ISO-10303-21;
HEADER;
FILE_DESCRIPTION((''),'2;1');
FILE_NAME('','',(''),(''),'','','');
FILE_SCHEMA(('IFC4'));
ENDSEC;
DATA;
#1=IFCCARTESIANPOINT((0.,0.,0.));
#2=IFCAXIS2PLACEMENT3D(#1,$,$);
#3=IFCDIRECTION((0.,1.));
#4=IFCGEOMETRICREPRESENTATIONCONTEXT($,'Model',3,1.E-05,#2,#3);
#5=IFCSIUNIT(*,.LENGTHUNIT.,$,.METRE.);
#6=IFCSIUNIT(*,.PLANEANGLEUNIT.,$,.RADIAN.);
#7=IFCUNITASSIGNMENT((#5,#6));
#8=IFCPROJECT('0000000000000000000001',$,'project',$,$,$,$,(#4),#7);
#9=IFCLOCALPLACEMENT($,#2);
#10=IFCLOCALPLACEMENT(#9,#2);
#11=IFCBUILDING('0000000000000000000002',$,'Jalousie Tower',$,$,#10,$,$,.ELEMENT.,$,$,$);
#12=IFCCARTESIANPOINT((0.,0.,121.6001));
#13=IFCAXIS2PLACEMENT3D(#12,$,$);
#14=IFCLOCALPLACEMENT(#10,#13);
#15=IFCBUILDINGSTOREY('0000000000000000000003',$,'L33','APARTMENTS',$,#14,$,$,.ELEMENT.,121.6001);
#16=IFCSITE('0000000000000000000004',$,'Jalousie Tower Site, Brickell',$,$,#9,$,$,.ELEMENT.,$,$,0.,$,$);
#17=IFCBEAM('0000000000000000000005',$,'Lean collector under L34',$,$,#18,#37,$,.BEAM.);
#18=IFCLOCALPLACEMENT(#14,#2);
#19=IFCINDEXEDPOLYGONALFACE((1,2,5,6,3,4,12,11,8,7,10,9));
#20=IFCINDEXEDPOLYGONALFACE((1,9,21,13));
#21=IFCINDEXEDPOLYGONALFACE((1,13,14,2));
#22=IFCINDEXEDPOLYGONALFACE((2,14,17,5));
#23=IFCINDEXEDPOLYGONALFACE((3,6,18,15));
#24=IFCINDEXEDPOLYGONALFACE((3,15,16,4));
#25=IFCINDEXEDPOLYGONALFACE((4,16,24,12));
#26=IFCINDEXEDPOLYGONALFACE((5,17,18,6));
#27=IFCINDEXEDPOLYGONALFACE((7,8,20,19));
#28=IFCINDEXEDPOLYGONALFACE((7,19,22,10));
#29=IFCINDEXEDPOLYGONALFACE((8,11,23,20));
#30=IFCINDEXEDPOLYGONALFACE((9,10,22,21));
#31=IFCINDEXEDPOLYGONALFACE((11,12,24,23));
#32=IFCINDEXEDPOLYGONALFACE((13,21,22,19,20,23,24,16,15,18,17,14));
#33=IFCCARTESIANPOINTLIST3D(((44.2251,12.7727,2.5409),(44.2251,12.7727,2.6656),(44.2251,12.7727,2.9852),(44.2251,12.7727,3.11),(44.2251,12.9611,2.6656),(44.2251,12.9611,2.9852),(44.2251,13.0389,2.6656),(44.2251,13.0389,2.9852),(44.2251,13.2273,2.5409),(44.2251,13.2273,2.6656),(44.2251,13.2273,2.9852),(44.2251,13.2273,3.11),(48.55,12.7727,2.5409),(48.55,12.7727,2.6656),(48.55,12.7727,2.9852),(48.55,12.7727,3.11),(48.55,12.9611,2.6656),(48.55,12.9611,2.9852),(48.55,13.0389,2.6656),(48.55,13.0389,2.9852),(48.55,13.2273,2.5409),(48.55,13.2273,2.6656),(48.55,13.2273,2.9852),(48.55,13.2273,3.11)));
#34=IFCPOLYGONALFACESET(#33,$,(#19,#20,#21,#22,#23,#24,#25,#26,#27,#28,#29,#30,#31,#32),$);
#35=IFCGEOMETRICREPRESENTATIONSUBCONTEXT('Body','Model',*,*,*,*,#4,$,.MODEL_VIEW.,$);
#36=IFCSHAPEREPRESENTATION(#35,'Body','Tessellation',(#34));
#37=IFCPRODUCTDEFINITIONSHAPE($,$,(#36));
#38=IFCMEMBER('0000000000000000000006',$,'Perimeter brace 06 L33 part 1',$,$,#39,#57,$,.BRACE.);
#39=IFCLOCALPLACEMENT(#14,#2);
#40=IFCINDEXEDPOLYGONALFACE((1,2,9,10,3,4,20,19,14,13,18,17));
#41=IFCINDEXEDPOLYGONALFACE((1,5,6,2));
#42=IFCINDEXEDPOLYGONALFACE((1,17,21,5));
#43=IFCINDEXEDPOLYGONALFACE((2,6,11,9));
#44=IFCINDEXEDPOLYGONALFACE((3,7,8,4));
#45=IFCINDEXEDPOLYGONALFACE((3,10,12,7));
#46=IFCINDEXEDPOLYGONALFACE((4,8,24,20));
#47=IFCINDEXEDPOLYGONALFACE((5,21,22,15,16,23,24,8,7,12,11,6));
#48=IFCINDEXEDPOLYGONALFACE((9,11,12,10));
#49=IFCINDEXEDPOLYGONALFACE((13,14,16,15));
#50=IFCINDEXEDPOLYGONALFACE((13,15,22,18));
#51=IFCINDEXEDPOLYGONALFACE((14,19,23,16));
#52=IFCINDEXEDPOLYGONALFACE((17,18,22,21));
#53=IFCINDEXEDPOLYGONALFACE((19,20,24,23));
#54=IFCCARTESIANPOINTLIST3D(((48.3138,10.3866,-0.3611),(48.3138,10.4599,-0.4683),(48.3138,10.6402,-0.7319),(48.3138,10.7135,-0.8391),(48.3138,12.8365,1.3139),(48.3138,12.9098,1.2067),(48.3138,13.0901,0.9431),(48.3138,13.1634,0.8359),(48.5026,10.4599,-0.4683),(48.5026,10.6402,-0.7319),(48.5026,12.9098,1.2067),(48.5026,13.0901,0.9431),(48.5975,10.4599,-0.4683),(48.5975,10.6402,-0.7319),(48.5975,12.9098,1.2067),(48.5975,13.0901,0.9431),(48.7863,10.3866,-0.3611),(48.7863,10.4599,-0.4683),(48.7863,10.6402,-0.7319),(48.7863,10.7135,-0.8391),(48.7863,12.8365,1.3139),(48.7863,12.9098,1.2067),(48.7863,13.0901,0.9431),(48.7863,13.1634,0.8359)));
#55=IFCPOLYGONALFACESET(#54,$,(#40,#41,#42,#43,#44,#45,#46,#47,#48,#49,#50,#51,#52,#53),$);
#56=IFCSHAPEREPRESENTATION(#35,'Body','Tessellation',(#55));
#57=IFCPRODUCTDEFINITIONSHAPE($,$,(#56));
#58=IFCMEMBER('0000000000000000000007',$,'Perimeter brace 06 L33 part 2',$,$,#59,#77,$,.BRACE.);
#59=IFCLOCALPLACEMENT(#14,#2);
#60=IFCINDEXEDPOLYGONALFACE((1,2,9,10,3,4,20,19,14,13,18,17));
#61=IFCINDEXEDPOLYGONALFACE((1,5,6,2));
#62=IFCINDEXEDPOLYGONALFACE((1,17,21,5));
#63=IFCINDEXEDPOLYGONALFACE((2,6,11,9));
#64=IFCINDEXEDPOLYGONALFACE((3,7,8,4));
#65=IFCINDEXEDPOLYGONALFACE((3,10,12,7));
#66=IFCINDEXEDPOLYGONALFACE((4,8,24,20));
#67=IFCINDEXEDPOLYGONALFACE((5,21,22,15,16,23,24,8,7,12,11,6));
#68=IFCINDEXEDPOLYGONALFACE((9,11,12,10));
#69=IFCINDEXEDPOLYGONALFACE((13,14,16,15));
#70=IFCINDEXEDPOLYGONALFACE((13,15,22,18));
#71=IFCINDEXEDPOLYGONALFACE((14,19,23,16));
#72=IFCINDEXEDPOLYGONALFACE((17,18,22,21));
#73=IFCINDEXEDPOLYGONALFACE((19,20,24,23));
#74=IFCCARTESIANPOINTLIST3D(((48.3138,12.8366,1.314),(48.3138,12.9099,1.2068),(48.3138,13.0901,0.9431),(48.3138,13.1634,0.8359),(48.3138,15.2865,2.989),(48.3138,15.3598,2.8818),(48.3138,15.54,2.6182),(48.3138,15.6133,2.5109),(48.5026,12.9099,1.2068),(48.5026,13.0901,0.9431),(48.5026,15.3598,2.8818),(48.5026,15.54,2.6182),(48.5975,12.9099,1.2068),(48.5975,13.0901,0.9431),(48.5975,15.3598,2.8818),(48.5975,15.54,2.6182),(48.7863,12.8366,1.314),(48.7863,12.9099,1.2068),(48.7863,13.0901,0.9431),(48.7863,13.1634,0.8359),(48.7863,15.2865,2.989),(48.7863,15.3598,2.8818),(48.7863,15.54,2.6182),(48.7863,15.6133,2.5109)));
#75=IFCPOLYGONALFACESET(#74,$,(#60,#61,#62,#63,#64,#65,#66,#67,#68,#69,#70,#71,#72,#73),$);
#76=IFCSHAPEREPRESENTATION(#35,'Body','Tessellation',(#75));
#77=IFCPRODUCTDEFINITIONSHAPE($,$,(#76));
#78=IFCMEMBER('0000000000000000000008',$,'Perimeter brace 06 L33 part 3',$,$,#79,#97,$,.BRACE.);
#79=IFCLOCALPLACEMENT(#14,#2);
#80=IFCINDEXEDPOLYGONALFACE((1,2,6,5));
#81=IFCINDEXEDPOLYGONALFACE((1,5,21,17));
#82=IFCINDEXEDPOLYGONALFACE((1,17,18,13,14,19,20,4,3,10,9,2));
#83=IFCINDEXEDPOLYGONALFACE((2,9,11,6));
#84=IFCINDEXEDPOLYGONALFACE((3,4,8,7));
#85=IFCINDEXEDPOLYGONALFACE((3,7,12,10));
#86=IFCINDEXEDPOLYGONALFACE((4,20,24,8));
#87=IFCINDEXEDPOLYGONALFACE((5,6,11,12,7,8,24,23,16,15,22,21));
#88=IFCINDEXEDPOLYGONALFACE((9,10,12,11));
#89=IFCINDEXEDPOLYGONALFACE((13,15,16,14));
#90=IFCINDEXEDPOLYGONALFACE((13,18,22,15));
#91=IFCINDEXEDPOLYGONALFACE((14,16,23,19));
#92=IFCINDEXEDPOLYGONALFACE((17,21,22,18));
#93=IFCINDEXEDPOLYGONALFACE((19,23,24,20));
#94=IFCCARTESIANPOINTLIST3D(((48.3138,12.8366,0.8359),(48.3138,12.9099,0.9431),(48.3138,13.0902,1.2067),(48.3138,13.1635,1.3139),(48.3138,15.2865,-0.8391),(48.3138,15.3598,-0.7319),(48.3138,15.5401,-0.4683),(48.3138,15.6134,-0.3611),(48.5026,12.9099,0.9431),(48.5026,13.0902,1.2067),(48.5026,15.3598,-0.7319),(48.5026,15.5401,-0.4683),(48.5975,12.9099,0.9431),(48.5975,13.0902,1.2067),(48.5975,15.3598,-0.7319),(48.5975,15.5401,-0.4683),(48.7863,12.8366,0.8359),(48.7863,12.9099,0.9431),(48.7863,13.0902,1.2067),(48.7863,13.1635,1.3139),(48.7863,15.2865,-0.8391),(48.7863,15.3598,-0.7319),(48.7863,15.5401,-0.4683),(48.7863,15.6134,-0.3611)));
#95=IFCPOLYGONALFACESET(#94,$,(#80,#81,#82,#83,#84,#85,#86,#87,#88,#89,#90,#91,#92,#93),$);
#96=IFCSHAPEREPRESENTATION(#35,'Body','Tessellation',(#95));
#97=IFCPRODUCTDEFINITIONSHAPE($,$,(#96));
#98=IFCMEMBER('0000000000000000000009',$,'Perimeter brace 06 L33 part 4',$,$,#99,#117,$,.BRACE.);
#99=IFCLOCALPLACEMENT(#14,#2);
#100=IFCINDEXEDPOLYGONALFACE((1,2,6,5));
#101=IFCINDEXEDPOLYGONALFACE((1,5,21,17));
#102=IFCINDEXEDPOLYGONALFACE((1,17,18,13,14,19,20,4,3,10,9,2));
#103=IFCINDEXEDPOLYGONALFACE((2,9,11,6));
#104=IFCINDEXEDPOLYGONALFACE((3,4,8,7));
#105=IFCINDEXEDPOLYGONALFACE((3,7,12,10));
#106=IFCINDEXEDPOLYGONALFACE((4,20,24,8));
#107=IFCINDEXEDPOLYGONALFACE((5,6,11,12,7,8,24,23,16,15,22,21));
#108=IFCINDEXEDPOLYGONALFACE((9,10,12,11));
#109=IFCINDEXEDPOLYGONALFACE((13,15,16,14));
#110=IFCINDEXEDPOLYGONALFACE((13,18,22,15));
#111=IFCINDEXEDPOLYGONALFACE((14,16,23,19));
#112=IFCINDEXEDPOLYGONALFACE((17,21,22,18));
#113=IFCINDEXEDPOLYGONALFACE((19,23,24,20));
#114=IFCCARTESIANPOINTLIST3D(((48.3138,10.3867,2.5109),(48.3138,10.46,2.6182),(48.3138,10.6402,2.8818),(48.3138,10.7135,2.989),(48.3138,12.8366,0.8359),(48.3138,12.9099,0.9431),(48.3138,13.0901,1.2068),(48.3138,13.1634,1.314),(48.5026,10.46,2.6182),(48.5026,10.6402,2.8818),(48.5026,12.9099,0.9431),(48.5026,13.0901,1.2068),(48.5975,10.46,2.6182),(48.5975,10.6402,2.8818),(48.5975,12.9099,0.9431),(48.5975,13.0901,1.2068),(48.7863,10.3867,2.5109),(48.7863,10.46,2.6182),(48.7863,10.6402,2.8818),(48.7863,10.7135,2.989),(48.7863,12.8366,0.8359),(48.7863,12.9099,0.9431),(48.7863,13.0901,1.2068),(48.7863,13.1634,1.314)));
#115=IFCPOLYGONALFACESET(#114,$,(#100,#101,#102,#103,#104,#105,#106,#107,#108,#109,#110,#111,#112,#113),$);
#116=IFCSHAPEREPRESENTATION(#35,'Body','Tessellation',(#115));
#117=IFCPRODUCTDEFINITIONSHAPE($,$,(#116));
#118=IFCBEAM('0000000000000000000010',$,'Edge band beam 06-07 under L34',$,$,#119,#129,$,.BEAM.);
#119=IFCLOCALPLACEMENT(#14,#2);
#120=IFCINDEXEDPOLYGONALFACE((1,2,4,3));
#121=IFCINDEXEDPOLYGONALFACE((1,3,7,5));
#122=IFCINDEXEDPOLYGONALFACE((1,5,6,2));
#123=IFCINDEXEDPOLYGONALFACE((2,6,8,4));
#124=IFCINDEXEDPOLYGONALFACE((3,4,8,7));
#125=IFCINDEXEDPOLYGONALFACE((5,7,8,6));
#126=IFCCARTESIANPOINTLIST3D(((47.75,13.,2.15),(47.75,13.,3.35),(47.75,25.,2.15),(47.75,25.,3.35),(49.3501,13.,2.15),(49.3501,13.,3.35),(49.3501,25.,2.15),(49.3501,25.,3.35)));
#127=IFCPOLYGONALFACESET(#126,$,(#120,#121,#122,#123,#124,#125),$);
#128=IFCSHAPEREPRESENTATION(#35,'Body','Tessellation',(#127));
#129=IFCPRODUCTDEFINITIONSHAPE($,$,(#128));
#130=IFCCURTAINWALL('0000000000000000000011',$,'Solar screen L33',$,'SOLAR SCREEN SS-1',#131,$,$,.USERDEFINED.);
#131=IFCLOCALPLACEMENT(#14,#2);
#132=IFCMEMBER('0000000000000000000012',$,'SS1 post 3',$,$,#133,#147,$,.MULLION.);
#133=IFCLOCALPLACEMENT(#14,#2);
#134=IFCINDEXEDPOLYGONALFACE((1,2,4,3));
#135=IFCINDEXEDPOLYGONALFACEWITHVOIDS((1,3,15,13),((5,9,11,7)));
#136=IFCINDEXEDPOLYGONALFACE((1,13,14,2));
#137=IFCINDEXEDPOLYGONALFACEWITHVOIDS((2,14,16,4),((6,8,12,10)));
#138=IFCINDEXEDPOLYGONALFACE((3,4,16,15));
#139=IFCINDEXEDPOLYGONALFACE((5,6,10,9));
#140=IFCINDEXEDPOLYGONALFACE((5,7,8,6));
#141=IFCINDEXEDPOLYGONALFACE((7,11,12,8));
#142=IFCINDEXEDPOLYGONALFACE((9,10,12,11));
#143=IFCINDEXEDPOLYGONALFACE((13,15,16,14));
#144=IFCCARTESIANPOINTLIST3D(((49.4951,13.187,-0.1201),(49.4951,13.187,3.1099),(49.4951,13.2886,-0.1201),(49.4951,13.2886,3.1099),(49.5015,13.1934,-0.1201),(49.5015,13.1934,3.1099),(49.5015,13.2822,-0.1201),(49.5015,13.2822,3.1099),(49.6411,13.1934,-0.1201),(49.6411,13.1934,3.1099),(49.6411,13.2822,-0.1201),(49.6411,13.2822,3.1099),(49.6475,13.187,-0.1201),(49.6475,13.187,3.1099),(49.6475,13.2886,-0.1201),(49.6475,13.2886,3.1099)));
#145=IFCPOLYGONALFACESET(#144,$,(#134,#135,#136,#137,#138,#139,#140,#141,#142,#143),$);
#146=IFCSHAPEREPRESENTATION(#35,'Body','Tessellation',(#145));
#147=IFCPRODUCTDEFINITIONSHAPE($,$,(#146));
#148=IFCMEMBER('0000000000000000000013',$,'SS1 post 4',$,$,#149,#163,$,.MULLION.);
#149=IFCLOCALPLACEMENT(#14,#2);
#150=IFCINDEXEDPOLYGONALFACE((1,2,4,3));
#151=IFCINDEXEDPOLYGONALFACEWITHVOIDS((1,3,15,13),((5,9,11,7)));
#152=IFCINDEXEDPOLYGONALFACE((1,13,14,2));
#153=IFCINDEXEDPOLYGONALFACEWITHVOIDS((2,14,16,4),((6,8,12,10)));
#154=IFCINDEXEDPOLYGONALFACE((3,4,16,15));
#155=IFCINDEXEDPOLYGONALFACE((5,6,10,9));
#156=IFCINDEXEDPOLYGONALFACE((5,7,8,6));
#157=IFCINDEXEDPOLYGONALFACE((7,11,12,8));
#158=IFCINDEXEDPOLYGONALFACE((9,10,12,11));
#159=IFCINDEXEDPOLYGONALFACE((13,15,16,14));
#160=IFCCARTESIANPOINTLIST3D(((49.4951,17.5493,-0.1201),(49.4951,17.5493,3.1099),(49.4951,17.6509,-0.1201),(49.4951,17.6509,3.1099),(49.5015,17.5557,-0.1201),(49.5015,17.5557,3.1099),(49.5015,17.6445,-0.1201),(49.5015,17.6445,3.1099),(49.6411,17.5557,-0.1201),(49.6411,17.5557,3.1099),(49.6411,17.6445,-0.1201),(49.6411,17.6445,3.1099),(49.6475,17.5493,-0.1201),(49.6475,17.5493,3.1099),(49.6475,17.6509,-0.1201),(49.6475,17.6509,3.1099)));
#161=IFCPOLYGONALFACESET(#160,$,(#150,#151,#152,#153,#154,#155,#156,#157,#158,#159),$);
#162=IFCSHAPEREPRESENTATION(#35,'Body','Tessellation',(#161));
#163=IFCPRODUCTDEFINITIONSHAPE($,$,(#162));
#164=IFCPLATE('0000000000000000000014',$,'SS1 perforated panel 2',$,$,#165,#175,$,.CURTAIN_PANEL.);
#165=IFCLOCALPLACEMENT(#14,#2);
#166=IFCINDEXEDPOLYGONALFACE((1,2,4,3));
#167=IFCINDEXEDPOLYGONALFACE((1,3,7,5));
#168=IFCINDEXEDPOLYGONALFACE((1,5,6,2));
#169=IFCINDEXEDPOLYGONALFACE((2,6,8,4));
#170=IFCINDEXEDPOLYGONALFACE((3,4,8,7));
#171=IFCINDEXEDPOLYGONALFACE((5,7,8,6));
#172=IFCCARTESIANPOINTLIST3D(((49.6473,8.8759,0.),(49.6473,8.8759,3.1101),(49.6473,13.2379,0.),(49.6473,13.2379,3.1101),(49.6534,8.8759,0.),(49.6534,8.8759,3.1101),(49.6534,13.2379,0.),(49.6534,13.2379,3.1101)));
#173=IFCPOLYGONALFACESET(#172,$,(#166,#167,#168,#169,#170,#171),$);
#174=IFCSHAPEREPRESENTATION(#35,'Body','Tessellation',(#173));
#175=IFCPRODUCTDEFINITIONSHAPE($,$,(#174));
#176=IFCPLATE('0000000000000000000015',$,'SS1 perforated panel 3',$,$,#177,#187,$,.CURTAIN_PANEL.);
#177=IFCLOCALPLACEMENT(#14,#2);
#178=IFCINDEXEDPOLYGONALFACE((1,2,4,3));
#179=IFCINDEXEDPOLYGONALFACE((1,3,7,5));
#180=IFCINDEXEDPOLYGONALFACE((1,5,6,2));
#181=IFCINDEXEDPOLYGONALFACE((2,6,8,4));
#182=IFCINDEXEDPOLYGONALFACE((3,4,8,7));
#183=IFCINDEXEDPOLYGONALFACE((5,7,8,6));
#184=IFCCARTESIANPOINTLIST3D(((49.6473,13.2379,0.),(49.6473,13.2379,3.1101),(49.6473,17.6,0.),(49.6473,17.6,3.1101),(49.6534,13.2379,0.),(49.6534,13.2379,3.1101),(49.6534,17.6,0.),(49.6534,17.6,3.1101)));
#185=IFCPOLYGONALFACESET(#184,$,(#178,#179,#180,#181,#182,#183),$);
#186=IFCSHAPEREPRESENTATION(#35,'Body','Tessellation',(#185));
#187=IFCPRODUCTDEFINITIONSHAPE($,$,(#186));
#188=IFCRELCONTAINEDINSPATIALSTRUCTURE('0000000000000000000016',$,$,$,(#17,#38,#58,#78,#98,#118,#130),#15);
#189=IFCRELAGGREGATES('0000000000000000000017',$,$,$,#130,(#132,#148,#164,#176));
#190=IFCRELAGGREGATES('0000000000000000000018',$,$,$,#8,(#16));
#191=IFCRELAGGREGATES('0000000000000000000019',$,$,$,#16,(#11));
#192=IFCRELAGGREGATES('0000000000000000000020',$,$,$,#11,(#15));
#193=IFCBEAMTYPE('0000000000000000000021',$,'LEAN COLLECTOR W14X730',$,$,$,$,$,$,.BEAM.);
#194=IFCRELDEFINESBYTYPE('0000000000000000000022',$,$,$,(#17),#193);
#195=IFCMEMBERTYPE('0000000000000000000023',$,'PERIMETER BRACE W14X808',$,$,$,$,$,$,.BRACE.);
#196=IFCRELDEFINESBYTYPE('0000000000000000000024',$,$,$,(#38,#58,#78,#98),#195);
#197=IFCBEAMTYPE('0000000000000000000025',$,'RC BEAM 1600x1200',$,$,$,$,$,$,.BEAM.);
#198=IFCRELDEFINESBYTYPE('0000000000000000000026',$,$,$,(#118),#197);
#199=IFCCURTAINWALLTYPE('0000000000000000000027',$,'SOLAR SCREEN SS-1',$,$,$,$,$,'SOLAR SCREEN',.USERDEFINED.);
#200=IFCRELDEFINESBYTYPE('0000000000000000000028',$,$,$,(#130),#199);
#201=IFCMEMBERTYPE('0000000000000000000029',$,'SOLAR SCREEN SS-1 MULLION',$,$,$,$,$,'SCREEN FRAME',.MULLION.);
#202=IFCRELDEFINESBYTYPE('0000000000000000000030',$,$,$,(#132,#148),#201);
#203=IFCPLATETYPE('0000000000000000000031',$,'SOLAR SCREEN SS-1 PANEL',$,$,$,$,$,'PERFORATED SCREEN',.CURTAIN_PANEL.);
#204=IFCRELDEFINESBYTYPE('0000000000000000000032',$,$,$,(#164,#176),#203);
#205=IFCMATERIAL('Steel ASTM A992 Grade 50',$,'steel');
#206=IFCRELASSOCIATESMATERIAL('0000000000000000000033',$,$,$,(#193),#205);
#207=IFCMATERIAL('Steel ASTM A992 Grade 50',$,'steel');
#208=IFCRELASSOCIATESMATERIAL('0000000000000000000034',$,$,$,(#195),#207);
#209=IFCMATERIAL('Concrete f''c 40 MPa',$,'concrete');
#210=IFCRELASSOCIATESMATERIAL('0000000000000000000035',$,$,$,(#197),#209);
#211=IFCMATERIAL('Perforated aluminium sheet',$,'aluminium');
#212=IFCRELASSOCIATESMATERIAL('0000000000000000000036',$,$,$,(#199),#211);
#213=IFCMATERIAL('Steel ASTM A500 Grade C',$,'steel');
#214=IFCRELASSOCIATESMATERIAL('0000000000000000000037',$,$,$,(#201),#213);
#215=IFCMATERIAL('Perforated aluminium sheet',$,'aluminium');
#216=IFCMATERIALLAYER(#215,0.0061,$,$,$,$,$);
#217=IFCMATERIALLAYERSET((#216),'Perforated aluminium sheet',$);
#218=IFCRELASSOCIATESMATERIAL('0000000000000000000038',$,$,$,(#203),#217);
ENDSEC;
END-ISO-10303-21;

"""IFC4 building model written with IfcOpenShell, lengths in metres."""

from ifc_helpers import new_model, si_unit, direction, frame, origin, origin_2d, place, context, subcontext, project, spatial, rectangle, hollow_rectangle, i_section, extrude, material, layer, layer_set, material_profile, profile_set, type_object, element, aggregate, save


model = new_model("IFC4")

# Units and contexts
model_context = context("Model", 3, precision=1e-05, world=origin(), true_north=direction((0.0, 1.0)))
body_context = subcontext(model_context, "Body", "Model", "MODEL_VIEW")
ifc_project = project(units=[si_unit("LENGTHUNIT", "METRE"), si_unit("PLANEANGLEUNIT", "RADIAN")], contexts=[model_context])

# Site, building, storey
site_placement = place(None, origin())
site = spatial("IfcSite", under=ifc_project, at=site_placement, Name="Jalousie Tower Site, Brickell", CompositionType="ELEMENT", RefElevation=0.0)
building_placement = place(site_placement, origin())
building = spatial("IfcBuilding", under=site, at=building_placement, Name="Jalousie Tower", CompositionType="ELEMENT")
storey_placement = place(building_placement, frame((0.0, 0.0, 121.6001)))
storey = spatial("IfcBuildingStorey", under=building, at=storey_placement, Name="L33", Description="APARTMENTS", CompositionType="ELEMENT", Elevation=121.6001)

# Beam
ifc_material_1 = material(Name="Steel ASTM A992 Grade 50", Category="steel")
ifc_material_profile_1 = material_profile(ifc_material_1, i_section(OverallWidth=0.4546, OverallDepth=0.5691, WebThickness=0.0779, FlangeThickness=0.1248, at=origin_2d()), Name="W14X730")
ifc_profile_set_1 = profile_set([ifc_material_profile_1], Name="Steel ASTM A992 Grade 50")
beam_type_1 = type_object("IfcBeamType", Name="LEAN COLLECTOR W14X730", PredefinedType="BEAM", material=ifc_profile_set_1)
beam_1_placement = place(storey_placement, frame((48.55, 13.0, 2.8254), z_axis=(-1.0, 0.0, 0.0), x_axis=(0.0, -1.0, 0.0)))
element("IfcBeam", 1, at=beam_1_placement, inside=storey, type_object=beam_type_1, Name="Lean collector under L34", PredefinedType="BEAM", context=body_context, shape_type="SweptSolid", body=[
    extrude(i_section(OverallWidth=0.4546, OverallDepth=0.5691, WebThickness=0.0779, FlangeThickness=0.1248, at=origin_2d()), origin(), (0.0, 0.0, 1.0), 4.325),
])

# Members
ifc_material_2 = material(Name="Steel ASTM A992 Grade 50", Category="steel")
ifc_material_profile_2 = material_profile(ifc_material_2, i_section(OverallWidth=0.4724, OverallDepth=0.5791, WebThickness=0.095, FlangeThickness=0.1299, at=origin_2d()), Name="W14X808")
ifc_profile_set_2 = profile_set([ifc_material_profile_2], Name="Steel ASTM A992 Grade 50")
member_type_1 = type_object("IfcMemberType", Name="PERIMETER BRACE W14X808", PredefinedType="BRACE", material=ifc_profile_set_2)
for number, where, z_axis, x_axis, name in (
    (2, (48.55, 10.55, -0.6001), (0.0, 0.825501, 0.564401), (-1.0, 0.0, 0.0), "Perimeter brace 06 L33 part 1"),
    (3, (48.55, 13.0, 1.075), (0.0, 0.825501, 0.564401), (-1.0, 0.0, 0.0), "Perimeter brace 06 L33 part 2"),
    (4, (48.55, 15.45, -0.6001), (0.0, -0.825501, 0.564401), (1.0, 0.0, 0.0), "Perimeter brace 06 L33 part 3"),
    (5, (48.55, 13.0, 1.075), (0.0, -0.825501, 0.564401), (1.0, 0.0, 0.0), "Perimeter brace 06 L33 part 4"),
):
    element("IfcMember", number, at=place(storey_placement, frame(where, z_axis=z_axis, x_axis=x_axis)), inside=storey, type_object=member_type_1, Name=name, PredefinedType="BRACE", context=body_context, shape_type="SweptSolid", body=[
        extrude(i_section(OverallWidth=0.4724, OverallDepth=0.5791, WebThickness=0.095, FlangeThickness=0.1299, at=origin_2d()), origin(), (0.0, 0.0, 1.0), 2.9678),
    ])

# Beam
ifc_material_3 = material(Name="Concrete f'c 40 MPa", Category="concrete")
ifc_material_profile_3 = material_profile(ifc_material_3, rectangle(XDim=1.6001, YDim=1.2, at=origin_2d()), Name="RC 1600x1200")
ifc_profile_set_3 = profile_set([ifc_material_profile_3], Name="Concrete f'c 40 MPa")
beam_type_2 = type_object("IfcBeamType", Name="RC BEAM 1600x1200", PredefinedType="BEAM", material=ifc_profile_set_3)
beam_2_placement = place(storey_placement, frame((48.55, 13.0, 2.75), z_axis=(0.0, 1.0, 0.0), x_axis=(-1.0, 0.0, 0.0)))
element("IfcBeam", 6, at=beam_2_placement, inside=storey, type_object=beam_type_2, Name="Edge band beam 06-07 under L34", PredefinedType="BEAM", context=body_context, shape_type="SweptSolid", body=[
    extrude(rectangle(XDim=1.6001, YDim=1.2, at=origin_2d()), origin(), (0.0, 0.0, 1.0), 12.0),
])

# Curtain wall, members, plates
ifc_material_4 = material(Name="Perforated aluminium sheet", Category="aluminium")
curtain_wall_type = type_object("IfcCurtainWallType", Name="SOLAR SCREEN SS-1", ElementType="SOLAR SCREEN", PredefinedType="USERDEFINED", material=ifc_material_4)
curtain_wall_placement = place(storey_placement, origin())
curtain_wall = element("IfcCurtainWall", 7, at=curtain_wall_placement, inside=storey, type_object=curtain_wall_type, Name="Solar screen L33", ObjectType="SOLAR SCREEN SS-1", PredefinedType="USERDEFINED")
ifc_material_5 = material(Name="Steel ASTM A500 Grade C", Category="steel")
ifc_material_profile_4 = material_profile(ifc_material_5, hollow_rectangle(XDim=0.1016, YDim=0.1523, WallThickness=0.0063, at=origin_2d()), Name="HSS6X4X1/4")
ifc_profile_set_4 = profile_set([ifc_material_profile_4], Name="Steel ASTM A500 Grade C")
member_type_2 = type_object("IfcMemberType", Name="SOLAR SCREEN SS-1 MULLION", ElementType="SCREEN FRAME", PredefinedType="MULLION", material=ifc_profile_set_4)
member_1_placement = place(storey_placement, frame((49.5713, 13.2378, -0.1201), z_axis=(0.0, 0.0, 1.0), x_axis=(0.0, 1.0, 0.0)))
member_1 = element("IfcMember", 8, at=member_1_placement, type_object=member_type_2, Name="SS1 post 3", PredefinedType="MULLION", context=body_context, shape_type="SweptSolid", body=[
    extrude(hollow_rectangle(XDim=0.1016, YDim=0.1523, WallThickness=0.0063, at=origin_2d()), origin(), (0.0, 0.0, 1.0), 3.23),
])
member_2_placement = place(storey_placement, frame((49.5713, 17.6001, -0.1201), z_axis=(0.0, 0.0, 1.0), x_axis=(0.0, 1.0, 0.0)))
member_2 = element("IfcMember", 9, at=member_2_placement, type_object=member_type_2, Name="SS1 post 4", PredefinedType="MULLION", context=body_context, shape_type="SweptSolid", body=[
    extrude(hollow_rectangle(XDim=0.1016, YDim=0.1523, WallThickness=0.0063, at=origin_2d()), origin(), (0.0, 0.0, 1.0), 3.23),
])
ifc_material_6 = material(Name="Perforated aluminium sheet", Category="aluminium")
ifc_layer_1 = layer(ifc_material_6, 0.0061)
ifc_layer_set_1 = layer_set([ifc_layer_1], Name="Perforated aluminium sheet")
plate_type = type_object("IfcPlateType", Name="SOLAR SCREEN SS-1 PANEL", ElementType="PERFORATED SCREEN", PredefinedType="CURTAIN_PANEL", material=ifc_layer_set_1)
plate_1_placement = place(storey_placement, frame((49.6504, 11.0569, 0.0), z_axis=(0.0, 0.0, 1.0), x_axis=(0.0, 1.0, 0.0)))
plate_1 = element("IfcPlate", 10, at=plate_1_placement, type_object=plate_type, Name="SS1 perforated panel 2", PredefinedType="CURTAIN_PANEL", context=body_context, shape_type="SweptSolid", body=[
    extrude(rectangle(XDim=4.3621, YDim=0.0061, at=origin_2d()), origin(), (0.0, 0.0, 1.0), 3.1101),
])
plate_2_placement = place(storey_placement, frame((49.6504, 15.4189, 0.0), z_axis=(0.0, 0.0, 1.0), x_axis=(0.0, 1.0, 0.0)))
plate_2 = element("IfcPlate", 11, at=plate_2_placement, type_object=plate_type, Name="SS1 perforated panel 3", PredefinedType="CURTAIN_PANEL", context=body_context, shape_type="SweptSolid", body=[
    extrude(rectangle(XDim=4.3621, YDim=0.0061, at=origin_2d()), origin(), (0.0, 0.0, 1.0), 3.1101),
])
aggregate(curtain_wall, [member_1, member_2, plate_1, plate_2])

save(model, "model.ifc")
